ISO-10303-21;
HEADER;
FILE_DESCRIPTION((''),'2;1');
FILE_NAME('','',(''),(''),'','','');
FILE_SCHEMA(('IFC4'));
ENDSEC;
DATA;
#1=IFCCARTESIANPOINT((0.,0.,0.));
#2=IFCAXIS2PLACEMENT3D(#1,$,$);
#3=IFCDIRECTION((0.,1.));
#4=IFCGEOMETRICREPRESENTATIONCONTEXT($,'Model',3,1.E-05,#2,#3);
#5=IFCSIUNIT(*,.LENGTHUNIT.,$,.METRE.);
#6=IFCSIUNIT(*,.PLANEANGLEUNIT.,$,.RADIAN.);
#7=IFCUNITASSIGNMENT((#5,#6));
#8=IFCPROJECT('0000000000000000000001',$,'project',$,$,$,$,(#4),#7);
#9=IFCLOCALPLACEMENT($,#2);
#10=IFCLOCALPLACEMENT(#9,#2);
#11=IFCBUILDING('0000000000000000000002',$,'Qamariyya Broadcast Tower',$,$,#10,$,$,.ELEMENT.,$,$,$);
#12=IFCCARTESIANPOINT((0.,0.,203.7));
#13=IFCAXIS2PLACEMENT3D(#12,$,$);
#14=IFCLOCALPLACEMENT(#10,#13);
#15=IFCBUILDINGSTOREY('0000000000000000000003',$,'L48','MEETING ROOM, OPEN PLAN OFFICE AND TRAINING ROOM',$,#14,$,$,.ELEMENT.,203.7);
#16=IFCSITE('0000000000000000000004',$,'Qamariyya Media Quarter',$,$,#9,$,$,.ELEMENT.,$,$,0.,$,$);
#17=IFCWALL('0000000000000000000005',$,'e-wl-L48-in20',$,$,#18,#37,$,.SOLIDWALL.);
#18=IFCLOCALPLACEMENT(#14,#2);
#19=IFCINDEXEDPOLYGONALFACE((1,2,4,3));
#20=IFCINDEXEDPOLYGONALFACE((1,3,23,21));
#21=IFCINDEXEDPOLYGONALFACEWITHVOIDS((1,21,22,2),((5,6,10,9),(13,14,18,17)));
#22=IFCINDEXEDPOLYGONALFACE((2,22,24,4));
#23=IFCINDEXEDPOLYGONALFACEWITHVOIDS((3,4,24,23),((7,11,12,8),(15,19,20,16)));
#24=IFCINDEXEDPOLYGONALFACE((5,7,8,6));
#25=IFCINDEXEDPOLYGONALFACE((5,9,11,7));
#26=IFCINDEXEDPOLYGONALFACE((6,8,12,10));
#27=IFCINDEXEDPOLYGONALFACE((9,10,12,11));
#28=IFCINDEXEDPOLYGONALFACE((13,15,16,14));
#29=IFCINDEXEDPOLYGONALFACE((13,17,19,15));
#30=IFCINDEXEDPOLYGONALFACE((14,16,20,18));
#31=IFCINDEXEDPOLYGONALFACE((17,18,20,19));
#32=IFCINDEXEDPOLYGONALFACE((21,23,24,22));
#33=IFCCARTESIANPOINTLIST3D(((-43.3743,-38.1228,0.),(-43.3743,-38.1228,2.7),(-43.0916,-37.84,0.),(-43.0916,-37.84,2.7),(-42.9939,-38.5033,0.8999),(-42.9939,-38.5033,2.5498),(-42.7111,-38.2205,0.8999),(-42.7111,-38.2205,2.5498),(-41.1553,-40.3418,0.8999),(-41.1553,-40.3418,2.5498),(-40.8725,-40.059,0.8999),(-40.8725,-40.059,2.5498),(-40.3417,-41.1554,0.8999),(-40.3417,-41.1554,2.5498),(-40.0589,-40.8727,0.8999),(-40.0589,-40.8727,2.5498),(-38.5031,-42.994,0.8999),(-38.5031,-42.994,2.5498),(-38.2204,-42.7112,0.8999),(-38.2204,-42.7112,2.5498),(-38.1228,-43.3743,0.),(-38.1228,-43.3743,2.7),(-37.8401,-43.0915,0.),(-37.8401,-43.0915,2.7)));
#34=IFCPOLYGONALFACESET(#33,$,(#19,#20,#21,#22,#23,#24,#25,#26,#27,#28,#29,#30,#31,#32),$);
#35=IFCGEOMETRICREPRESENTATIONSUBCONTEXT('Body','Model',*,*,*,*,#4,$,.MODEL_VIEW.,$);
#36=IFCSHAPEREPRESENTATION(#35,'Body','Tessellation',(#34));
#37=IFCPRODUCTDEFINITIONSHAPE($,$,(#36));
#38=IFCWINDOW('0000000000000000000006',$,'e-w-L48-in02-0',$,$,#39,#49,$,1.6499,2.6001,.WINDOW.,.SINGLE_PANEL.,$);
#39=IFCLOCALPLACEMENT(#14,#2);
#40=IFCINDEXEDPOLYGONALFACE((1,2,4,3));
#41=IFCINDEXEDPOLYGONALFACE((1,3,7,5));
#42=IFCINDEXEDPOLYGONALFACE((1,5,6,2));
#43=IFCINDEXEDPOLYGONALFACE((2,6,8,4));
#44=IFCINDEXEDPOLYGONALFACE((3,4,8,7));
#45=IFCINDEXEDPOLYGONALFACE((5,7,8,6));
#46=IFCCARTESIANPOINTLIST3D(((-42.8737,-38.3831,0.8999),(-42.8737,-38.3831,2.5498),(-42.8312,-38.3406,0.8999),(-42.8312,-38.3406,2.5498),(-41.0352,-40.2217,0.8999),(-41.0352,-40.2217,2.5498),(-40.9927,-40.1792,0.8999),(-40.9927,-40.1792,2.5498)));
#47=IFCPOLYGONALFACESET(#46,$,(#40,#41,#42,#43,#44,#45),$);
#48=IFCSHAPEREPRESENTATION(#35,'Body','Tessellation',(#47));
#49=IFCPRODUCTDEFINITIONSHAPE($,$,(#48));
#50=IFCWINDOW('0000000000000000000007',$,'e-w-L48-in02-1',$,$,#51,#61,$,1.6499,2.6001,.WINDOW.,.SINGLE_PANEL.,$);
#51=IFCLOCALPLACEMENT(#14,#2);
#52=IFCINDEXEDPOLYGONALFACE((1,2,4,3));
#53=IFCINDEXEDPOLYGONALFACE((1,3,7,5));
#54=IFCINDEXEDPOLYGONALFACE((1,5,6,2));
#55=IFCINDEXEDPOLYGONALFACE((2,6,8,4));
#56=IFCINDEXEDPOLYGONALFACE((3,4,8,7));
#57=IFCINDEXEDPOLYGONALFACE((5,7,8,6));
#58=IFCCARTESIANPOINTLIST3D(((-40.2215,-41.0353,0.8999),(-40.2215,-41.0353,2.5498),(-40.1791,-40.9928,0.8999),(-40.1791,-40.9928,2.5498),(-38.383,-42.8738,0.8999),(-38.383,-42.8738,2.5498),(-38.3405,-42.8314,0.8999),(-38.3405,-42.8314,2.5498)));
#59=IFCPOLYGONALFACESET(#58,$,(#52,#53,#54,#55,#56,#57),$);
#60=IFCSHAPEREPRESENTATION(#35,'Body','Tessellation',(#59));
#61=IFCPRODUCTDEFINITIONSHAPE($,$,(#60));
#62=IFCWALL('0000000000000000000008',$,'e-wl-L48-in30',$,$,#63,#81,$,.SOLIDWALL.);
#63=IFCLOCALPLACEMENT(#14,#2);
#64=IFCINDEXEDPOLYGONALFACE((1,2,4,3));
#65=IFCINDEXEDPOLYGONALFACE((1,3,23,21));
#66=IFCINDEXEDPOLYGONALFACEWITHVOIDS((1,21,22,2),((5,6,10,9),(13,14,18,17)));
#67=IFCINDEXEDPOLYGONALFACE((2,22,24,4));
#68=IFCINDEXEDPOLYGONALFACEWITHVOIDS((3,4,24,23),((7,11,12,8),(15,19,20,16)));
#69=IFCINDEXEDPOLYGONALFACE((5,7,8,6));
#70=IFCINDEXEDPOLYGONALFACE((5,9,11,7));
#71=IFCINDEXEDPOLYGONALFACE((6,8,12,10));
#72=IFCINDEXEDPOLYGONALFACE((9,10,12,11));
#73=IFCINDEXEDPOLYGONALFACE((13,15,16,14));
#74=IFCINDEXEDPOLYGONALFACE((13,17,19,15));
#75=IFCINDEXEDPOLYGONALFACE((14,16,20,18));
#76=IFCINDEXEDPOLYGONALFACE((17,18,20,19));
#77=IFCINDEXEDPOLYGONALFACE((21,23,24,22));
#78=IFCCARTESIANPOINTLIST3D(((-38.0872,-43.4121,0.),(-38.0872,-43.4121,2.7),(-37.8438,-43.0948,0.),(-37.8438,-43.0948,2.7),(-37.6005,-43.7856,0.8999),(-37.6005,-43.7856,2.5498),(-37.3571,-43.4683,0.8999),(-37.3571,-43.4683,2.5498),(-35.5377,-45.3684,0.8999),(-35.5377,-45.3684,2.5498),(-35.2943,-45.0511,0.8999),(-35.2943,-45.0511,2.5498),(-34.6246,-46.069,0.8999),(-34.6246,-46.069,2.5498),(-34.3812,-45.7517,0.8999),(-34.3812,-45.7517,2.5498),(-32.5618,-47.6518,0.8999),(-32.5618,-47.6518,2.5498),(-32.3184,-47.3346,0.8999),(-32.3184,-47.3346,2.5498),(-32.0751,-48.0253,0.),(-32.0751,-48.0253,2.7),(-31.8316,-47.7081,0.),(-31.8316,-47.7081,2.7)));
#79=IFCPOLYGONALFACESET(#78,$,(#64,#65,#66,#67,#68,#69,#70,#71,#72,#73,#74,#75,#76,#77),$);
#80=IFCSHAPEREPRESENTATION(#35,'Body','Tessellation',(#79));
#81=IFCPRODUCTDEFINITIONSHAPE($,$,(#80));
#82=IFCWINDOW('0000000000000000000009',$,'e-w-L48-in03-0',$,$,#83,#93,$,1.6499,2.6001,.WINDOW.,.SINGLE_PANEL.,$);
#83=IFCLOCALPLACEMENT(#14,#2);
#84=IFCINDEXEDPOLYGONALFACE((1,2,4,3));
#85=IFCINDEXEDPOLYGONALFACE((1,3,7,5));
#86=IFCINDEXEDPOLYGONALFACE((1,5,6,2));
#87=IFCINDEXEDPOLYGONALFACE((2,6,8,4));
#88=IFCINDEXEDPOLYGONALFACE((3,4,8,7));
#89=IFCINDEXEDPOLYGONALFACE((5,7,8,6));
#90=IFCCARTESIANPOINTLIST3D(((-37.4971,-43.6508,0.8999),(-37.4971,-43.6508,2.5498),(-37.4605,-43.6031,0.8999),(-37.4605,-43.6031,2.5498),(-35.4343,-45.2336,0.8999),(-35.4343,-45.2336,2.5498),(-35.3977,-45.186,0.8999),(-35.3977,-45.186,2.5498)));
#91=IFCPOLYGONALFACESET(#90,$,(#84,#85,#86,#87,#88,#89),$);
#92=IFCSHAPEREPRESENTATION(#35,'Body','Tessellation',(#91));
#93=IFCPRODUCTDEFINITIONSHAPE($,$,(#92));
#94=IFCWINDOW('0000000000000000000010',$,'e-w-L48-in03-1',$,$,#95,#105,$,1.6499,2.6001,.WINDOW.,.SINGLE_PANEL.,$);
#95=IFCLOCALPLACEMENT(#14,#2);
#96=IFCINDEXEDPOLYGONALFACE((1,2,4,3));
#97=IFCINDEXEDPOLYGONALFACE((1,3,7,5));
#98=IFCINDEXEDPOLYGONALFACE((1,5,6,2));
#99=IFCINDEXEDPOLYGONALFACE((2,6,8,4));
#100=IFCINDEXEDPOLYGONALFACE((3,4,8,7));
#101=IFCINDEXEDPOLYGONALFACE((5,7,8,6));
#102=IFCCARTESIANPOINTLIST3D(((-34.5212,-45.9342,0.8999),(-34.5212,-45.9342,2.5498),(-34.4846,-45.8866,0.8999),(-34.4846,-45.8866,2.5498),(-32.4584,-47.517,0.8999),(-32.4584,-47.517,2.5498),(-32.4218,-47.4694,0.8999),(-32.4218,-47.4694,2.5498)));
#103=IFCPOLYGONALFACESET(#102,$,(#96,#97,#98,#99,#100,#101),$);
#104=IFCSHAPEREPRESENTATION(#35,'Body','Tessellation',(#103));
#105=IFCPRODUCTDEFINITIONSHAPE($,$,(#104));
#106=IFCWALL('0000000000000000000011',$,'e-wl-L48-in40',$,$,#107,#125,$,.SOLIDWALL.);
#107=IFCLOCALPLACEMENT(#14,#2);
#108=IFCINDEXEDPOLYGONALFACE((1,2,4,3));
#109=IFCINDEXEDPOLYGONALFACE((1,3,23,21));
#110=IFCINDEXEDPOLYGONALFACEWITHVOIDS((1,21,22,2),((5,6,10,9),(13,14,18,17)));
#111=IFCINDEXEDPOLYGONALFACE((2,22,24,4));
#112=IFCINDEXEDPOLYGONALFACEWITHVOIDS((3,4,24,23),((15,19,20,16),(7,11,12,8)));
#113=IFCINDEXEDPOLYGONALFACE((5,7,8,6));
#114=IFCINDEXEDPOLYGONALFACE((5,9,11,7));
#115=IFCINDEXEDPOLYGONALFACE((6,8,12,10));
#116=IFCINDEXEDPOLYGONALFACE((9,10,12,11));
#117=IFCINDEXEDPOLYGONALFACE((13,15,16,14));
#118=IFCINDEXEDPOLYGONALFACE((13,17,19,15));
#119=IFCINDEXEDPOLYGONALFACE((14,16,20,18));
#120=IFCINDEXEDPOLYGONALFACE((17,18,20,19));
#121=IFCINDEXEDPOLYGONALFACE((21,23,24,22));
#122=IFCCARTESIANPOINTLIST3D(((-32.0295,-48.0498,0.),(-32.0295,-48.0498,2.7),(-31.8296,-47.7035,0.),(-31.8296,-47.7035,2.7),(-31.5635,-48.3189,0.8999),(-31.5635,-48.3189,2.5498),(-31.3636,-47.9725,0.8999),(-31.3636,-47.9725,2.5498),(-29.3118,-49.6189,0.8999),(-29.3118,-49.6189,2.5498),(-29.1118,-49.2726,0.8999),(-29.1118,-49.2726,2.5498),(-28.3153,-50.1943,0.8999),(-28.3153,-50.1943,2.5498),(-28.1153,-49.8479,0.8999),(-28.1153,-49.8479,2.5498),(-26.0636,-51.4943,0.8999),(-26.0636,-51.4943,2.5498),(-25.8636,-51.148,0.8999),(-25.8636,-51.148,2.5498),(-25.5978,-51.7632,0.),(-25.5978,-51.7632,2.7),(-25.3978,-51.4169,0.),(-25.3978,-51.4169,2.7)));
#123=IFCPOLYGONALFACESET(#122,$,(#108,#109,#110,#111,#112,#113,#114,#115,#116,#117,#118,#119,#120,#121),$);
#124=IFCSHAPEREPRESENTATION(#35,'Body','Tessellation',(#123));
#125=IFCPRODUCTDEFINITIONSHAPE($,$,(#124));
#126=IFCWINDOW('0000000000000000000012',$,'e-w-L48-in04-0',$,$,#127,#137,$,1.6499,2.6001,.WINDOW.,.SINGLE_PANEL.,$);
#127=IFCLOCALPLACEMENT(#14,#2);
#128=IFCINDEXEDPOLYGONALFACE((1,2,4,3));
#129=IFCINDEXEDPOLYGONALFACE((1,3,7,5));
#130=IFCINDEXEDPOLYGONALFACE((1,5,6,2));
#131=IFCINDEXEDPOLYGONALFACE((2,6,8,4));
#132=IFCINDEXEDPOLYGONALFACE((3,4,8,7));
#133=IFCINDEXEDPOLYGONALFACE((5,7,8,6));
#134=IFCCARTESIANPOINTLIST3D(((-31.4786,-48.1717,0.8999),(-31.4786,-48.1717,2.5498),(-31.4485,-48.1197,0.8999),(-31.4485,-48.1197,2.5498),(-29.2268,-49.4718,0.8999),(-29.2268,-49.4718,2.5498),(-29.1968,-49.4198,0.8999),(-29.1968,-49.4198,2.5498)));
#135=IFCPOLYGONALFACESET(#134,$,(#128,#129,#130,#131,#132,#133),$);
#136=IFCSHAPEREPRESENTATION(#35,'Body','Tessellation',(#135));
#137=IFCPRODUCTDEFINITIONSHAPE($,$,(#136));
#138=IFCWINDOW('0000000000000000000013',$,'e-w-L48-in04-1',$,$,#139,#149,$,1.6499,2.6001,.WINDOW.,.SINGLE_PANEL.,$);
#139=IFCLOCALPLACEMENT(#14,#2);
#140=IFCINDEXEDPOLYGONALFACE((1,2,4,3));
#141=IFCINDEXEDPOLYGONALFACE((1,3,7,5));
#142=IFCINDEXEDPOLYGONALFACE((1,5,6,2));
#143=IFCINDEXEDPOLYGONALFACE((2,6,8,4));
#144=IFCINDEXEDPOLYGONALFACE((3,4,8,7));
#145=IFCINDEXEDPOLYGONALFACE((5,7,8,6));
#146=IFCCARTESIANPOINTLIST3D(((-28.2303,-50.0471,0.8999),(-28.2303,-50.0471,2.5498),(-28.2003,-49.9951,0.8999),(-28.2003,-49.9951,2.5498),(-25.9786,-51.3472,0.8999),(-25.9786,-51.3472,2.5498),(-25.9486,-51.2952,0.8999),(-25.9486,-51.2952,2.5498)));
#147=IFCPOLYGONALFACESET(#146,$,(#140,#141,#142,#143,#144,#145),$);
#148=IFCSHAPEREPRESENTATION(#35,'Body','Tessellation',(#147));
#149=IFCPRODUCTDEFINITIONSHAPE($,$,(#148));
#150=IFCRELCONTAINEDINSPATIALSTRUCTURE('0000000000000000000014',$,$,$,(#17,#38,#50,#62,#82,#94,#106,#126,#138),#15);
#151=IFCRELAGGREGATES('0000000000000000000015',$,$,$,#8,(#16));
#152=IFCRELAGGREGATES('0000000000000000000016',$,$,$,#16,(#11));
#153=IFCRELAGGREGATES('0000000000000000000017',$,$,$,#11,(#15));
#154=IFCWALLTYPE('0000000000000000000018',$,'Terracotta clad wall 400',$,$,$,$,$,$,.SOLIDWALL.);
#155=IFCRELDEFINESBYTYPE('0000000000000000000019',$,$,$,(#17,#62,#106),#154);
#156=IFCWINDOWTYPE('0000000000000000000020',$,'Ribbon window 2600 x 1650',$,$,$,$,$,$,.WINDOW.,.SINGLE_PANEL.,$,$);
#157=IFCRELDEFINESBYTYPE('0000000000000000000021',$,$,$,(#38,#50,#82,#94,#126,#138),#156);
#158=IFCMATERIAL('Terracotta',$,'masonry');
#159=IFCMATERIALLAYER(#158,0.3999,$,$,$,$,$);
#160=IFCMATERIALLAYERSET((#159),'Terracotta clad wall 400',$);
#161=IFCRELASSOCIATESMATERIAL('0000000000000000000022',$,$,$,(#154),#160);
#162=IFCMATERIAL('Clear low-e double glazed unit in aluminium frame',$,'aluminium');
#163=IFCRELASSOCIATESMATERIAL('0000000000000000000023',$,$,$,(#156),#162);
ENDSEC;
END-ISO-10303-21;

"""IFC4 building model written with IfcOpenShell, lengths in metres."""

from ifc_helpers import new_model, si_unit, direction, frame, frame_2d, origin, place, context, subcontext, project, spatial, rectangle, extrude, material, layer, layer_set, type_object, element, fill, save


model = new_model("IFC4")

# Units and contexts
model_context = context("Model", 3, precision=1e-05, world=origin(), true_north=direction((0.0, 1.0)))
body_context = subcontext(model_context, "Body", "Model", "MODEL_VIEW")
ifc_project = project(units=[si_unit("LENGTHUNIT", "METRE"), si_unit("PLANEANGLEUNIT", "RADIAN")], contexts=[model_context])

# Site, building, storey
site_placement = place(None, origin())
site = spatial("IfcSite", under=ifc_project, at=site_placement, Name="Qamariyya Media Quarter", CompositionType="ELEMENT", RefElevation=0.0)
building_placement = place(site_placement, origin())
building = spatial("IfcBuilding", under=site, at=building_placement, Name="Qamariyya Broadcast Tower", CompositionType="ELEMENT")
storey_placement = place(building_placement, frame((0.0, 0.0, 203.7)))
storey = spatial("IfcBuildingStorey", under=building, at=storey_placement, Name="L48", Description="MEETING ROOM, OPEN PLAN OFFICE AND TRAINING ROOM", CompositionType="ELEMENT", Elevation=203.7)

# Walls, openings, windows
ifc_material_1 = material(Name="Terracotta", Category="masonry")
ifc_layer_1 = layer(ifc_material_1, 0.3999)
ifc_layer_set_1 = layer_set([ifc_layer_1], Name="Terracotta clad wall 400")
wall_type = type_object("IfcWallType", Name="Terracotta clad wall 400", PredefinedType="SOLIDWALL", material=ifc_layer_set_1)
wall_1_placement = place(storey_placement, frame((-37.9814, -43.2329, 0.0), z_axis=(0.0, 0.0, 1.0), x_axis=(-0.707107, 0.707107, 0.0)))
wall_1 = element("IfcWall", 1, at=wall_1_placement, inside=storey, type_object=wall_type, Name="e-wl-L48-in20", PredefinedType="SOLIDWALL", context=body_context, shape_type="SweptSolid", body=[
    extrude(rectangle(XDim=7.4268, YDim=0.3999, at=frame_2d((3.7134, 0.0))), origin(), (0.0, 0.0, 1.0), 2.7),
])
opening_1_placement = place(wall_1_placement, frame((4.2886, 0.0, 0.8999)))
opening_1 = element("IfcOpeningElement", 2, at=opening_1_placement, cuts=wall_1, PredefinedType="OPENING", context=body_context, shape_type="SweptSolid", body=[
    extrude(rectangle(XDim=2.6001, YDim=1.6499, at=frame_2d((1.3, 0.825))), frame((0.0, 0.21, 0.0), z_axis=(0.0, -1.0, 0.0), x_axis=(1.0, 0.0, 0.0)), (0.0, 0.0, 1.0), 0.4199),
])
opening_2_placement = place(wall_1_placement, frame((0.5378, 0.0, 0.8999)))
opening_2 = element("IfcOpeningElement", 3, at=opening_2_placement, cuts=wall_1, PredefinedType="OPENING", context=body_context, shape_type="SweptSolid", body=[
    extrude(rectangle(XDim=2.6001, YDim=1.6499, at=frame_2d((1.3, 0.825))), frame((0.0, 0.21, 0.0), z_axis=(0.0, -1.0, 0.0), x_axis=(1.0, 0.0, 0.0)), (0.0, 0.0, 1.0), 0.4199),
])
ifc_material_2 = material(Name="Clear low-e double glazed unit in aluminium frame", Category="aluminium")
window_type = type_object("IfcWindowType", Name="Ribbon window 2600 x 1650", PartitioningType="SINGLE_PANEL", PredefinedType="WINDOW", material=ifc_material_2)
window_1_placement = place(opening_1_placement, origin())
window_1 = element("IfcWindow", 4, at=window_1_placement, inside=storey, type_object=window_type, Name="e-w-L48-in02-0", OverallHeight=1.6499, OverallWidth=2.6001, PartitioningType="SINGLE_PANEL", PredefinedType="WINDOW", context=body_context, shape_type="SweptSolid", body=[
    extrude(rectangle(XDim=2.6001, YDim=1.6499, at=frame_2d((1.3, 0.825))), frame((0.0, 0.03, 0.0), z_axis=(0.0, -1.0, 0.0), x_axis=(1.0, 0.0, 0.0)), (0.0, 0.0, 1.0), 0.0601),
])
fill(opening_1, window_1)
window_2_placement = place(opening_2_placement, origin())
window_2 = element("IfcWindow", 5, at=window_2_placement, inside=storey, type_object=window_type, Name="e-w-L48-in02-1", OverallHeight=1.6499, OverallWidth=2.6001, PartitioningType="SINGLE_PANEL", PredefinedType="WINDOW", context=body_context, shape_type="SweptSolid", body=[
    extrude(rectangle(XDim=2.6001, YDim=1.6499, at=frame_2d((1.3, 0.825))), frame((0.0, 0.03, 0.0), z_axis=(0.0, -1.0, 0.0), x_axis=(1.0, 0.0, 0.0)), (0.0, 0.0, 1.0), 0.0601),
])
fill(opening_2, window_2)
wall_2_placement = place(storey_placement, frame((-31.9534, -47.8667, 0.0), z_axis=(0.0, 0.0, 1.0), x_axis=(-0.793356, 0.608757, 0.0)))
wall_2 = element("IfcWall", 6, at=wall_2_placement, inside=storey, type_object=wall_type, Name="e-wl-L48-in30", PredefinedType="SOLIDWALL", context=body_context, shape_type="SweptSolid", body=[
    extrude(rectangle(XDim=7.5781, YDim=0.3999, at=frame_2d((3.7891, 0.0))), origin(), (0.0, 0.0, 1.0), 2.7),
])
opening_3_placement = place(wall_2_placement, frame((4.3645, 0.0, 0.8999)))
opening_3 = element("IfcOpeningElement", 7, at=opening_3_placement, cuts=wall_2, PredefinedType="OPENING", context=body_context, shape_type="SweptSolid", body=[
    extrude(rectangle(XDim=2.6001, YDim=1.6499, at=frame_2d((1.3, 0.825))), frame((0.0, 0.21, 0.0), z_axis=(0.0, -1.0, 0.0), x_axis=(1.0, 0.0, 0.0)), (0.0, 0.0, 1.0), 0.4199),
])
opening_4_placement = place(wall_2_placement, frame((0.6135, 0.0, 0.8999)))
opening_4 = element("IfcOpeningElement", 8, at=opening_4_placement, cuts=wall_2, PredefinedType="OPENING", context=body_context, shape_type="SweptSolid", body=[
    extrude(rectangle(XDim=2.6001, YDim=1.6499, at=frame_2d((1.3, 0.825))), frame((0.0, 0.21, 0.0), z_axis=(0.0, -1.0, 0.0), x_axis=(1.0, 0.0, 0.0)), (0.0, 0.0, 1.0), 0.4199),
])
window_3_placement = place(opening_3_placement, origin())
window_3 = element("IfcWindow", 9, at=window_3_placement, inside=storey, type_object=window_type, Name="e-w-L48-in03-0", OverallHeight=1.6499, OverallWidth=2.6001, PartitioningType="SINGLE_PANEL", PredefinedType="WINDOW", context=body_context, shape_type="SweptSolid", body=[
    extrude(rectangle(XDim=2.6001, YDim=1.6499, at=frame_2d((1.3, 0.825))), frame((0.0, 0.03, 0.0), z_axis=(0.0, -1.0, 0.0), x_axis=(1.0, 0.0, 0.0)), (0.0, 0.0, 1.0), 0.0601),
])
fill(opening_3, window_3)
window_4_placement = place(opening_4_placement, origin())
window_4 = element("IfcWindow", 10, at=window_4_placement, inside=storey, type_object=window_type, Name="e-w-L48-in03-1", OverallHeight=1.6499, OverallWidth=2.6001, PartitioningType="SINGLE_PANEL", PredefinedType="WINDOW", context=body_context, shape_type="SweptSolid", body=[
    extrude(rectangle(XDim=2.6001, YDim=1.6499, at=frame_2d((1.3, 0.825))), frame((0.0, 0.03, 0.0), z_axis=(0.0, -1.0, 0.0), x_axis=(1.0, 0.0, 0.0)), (0.0, 0.0, 1.0), 0.0601),
])
fill(opening_4, window_4)
wall_3_placement = place(storey_placement, frame((-25.4978, -51.5901, 0.0), z_axis=(0.0, 0.0, 1.0), x_axis=(-0.866021, 0.500007, 0.0)))
wall_3 = element("IfcWall", 11, at=wall_3_placement, inside=storey, type_object=wall_type, Name="e-wl-L48-in40", PredefinedType="SOLIDWALL", context=body_context, shape_type="SweptSolid", body=[
    extrude(rectangle(XDim=7.4268, YDim=0.3999, at=frame_2d((3.7134, 0.0))), origin(), (0.0, 0.0, 1.0), 2.7),
])
opening_5_placement = place(wall_3_placement, frame((4.2886, 0.0, 0.8999)))
opening_5 = element("IfcOpeningElement", 12, at=opening_5_placement, cuts=wall_3, PredefinedType="OPENING", context=body_context, shape_type="SweptSolid", body=[
    extrude(rectangle(XDim=2.6001, YDim=1.6499, at=frame_2d((1.3, 0.825))), frame((0.0, 0.21, 0.0), z_axis=(0.0, -1.0, 0.0), x_axis=(1.0, 0.0, 0.0)), (0.0, 0.0, 1.0), 0.4199),
])
opening_6_placement = place(wall_3_placement, frame((0.5378, 0.0, 0.8999)))
opening_6 = element("IfcOpeningElement", 13, at=opening_6_placement, cuts=wall_3, PredefinedType="OPENING", context=body_context, shape_type="SweptSolid", body=[
    extrude(rectangle(XDim=2.6001, YDim=1.6499, at=frame_2d((1.3, 0.825))), frame((0.0, 0.21, 0.0), z_axis=(0.0, -1.0, 0.0), x_axis=(1.0, 0.0, 0.0)), (0.0, 0.0, 1.0), 0.4199),
])
window_5_placement = place(opening_5_placement, origin())
window_5 = element("IfcWindow", 14, at=window_5_placement, inside=storey, type_object=window_type, Name="e-w-L48-in04-0", OverallHeight=1.6499, OverallWidth=2.6001, PartitioningType="SINGLE_PANEL", PredefinedType="WINDOW", context=body_context, shape_type="SweptSolid", body=[
    extrude(rectangle(XDim=2.6001, YDim=1.6499, at=frame_2d((1.3, 0.825))), frame((0.0, 0.03, 0.0), z_axis=(0.0, -1.0, 0.0), x_axis=(1.0, 0.0, 0.0)), (0.0, 0.0, 1.0), 0.0601),
])
fill(opening_5, window_5)
window_6_placement = place(opening_6_placement, origin())
window_6 = element("IfcWindow", 15, at=window_6_placement, inside=storey, type_object=window_type, Name="e-w-L48-in04-1", OverallHeight=1.6499, OverallWidth=2.6001, PartitioningType="SINGLE_PANEL", PredefinedType="WINDOW", context=body_context, shape_type="SweptSolid", body=[
    extrude(rectangle(XDim=2.6001, YDim=1.6499, at=frame_2d((1.3, 0.825))), frame((0.0, 0.03, 0.0), z_axis=(0.0, -1.0, 0.0), x_axis=(1.0, 0.0, 0.0)), (0.0, 0.0, 1.0), 0.0601),
])
fill(opening_6, window_6)

save(model, "model.ifc")
